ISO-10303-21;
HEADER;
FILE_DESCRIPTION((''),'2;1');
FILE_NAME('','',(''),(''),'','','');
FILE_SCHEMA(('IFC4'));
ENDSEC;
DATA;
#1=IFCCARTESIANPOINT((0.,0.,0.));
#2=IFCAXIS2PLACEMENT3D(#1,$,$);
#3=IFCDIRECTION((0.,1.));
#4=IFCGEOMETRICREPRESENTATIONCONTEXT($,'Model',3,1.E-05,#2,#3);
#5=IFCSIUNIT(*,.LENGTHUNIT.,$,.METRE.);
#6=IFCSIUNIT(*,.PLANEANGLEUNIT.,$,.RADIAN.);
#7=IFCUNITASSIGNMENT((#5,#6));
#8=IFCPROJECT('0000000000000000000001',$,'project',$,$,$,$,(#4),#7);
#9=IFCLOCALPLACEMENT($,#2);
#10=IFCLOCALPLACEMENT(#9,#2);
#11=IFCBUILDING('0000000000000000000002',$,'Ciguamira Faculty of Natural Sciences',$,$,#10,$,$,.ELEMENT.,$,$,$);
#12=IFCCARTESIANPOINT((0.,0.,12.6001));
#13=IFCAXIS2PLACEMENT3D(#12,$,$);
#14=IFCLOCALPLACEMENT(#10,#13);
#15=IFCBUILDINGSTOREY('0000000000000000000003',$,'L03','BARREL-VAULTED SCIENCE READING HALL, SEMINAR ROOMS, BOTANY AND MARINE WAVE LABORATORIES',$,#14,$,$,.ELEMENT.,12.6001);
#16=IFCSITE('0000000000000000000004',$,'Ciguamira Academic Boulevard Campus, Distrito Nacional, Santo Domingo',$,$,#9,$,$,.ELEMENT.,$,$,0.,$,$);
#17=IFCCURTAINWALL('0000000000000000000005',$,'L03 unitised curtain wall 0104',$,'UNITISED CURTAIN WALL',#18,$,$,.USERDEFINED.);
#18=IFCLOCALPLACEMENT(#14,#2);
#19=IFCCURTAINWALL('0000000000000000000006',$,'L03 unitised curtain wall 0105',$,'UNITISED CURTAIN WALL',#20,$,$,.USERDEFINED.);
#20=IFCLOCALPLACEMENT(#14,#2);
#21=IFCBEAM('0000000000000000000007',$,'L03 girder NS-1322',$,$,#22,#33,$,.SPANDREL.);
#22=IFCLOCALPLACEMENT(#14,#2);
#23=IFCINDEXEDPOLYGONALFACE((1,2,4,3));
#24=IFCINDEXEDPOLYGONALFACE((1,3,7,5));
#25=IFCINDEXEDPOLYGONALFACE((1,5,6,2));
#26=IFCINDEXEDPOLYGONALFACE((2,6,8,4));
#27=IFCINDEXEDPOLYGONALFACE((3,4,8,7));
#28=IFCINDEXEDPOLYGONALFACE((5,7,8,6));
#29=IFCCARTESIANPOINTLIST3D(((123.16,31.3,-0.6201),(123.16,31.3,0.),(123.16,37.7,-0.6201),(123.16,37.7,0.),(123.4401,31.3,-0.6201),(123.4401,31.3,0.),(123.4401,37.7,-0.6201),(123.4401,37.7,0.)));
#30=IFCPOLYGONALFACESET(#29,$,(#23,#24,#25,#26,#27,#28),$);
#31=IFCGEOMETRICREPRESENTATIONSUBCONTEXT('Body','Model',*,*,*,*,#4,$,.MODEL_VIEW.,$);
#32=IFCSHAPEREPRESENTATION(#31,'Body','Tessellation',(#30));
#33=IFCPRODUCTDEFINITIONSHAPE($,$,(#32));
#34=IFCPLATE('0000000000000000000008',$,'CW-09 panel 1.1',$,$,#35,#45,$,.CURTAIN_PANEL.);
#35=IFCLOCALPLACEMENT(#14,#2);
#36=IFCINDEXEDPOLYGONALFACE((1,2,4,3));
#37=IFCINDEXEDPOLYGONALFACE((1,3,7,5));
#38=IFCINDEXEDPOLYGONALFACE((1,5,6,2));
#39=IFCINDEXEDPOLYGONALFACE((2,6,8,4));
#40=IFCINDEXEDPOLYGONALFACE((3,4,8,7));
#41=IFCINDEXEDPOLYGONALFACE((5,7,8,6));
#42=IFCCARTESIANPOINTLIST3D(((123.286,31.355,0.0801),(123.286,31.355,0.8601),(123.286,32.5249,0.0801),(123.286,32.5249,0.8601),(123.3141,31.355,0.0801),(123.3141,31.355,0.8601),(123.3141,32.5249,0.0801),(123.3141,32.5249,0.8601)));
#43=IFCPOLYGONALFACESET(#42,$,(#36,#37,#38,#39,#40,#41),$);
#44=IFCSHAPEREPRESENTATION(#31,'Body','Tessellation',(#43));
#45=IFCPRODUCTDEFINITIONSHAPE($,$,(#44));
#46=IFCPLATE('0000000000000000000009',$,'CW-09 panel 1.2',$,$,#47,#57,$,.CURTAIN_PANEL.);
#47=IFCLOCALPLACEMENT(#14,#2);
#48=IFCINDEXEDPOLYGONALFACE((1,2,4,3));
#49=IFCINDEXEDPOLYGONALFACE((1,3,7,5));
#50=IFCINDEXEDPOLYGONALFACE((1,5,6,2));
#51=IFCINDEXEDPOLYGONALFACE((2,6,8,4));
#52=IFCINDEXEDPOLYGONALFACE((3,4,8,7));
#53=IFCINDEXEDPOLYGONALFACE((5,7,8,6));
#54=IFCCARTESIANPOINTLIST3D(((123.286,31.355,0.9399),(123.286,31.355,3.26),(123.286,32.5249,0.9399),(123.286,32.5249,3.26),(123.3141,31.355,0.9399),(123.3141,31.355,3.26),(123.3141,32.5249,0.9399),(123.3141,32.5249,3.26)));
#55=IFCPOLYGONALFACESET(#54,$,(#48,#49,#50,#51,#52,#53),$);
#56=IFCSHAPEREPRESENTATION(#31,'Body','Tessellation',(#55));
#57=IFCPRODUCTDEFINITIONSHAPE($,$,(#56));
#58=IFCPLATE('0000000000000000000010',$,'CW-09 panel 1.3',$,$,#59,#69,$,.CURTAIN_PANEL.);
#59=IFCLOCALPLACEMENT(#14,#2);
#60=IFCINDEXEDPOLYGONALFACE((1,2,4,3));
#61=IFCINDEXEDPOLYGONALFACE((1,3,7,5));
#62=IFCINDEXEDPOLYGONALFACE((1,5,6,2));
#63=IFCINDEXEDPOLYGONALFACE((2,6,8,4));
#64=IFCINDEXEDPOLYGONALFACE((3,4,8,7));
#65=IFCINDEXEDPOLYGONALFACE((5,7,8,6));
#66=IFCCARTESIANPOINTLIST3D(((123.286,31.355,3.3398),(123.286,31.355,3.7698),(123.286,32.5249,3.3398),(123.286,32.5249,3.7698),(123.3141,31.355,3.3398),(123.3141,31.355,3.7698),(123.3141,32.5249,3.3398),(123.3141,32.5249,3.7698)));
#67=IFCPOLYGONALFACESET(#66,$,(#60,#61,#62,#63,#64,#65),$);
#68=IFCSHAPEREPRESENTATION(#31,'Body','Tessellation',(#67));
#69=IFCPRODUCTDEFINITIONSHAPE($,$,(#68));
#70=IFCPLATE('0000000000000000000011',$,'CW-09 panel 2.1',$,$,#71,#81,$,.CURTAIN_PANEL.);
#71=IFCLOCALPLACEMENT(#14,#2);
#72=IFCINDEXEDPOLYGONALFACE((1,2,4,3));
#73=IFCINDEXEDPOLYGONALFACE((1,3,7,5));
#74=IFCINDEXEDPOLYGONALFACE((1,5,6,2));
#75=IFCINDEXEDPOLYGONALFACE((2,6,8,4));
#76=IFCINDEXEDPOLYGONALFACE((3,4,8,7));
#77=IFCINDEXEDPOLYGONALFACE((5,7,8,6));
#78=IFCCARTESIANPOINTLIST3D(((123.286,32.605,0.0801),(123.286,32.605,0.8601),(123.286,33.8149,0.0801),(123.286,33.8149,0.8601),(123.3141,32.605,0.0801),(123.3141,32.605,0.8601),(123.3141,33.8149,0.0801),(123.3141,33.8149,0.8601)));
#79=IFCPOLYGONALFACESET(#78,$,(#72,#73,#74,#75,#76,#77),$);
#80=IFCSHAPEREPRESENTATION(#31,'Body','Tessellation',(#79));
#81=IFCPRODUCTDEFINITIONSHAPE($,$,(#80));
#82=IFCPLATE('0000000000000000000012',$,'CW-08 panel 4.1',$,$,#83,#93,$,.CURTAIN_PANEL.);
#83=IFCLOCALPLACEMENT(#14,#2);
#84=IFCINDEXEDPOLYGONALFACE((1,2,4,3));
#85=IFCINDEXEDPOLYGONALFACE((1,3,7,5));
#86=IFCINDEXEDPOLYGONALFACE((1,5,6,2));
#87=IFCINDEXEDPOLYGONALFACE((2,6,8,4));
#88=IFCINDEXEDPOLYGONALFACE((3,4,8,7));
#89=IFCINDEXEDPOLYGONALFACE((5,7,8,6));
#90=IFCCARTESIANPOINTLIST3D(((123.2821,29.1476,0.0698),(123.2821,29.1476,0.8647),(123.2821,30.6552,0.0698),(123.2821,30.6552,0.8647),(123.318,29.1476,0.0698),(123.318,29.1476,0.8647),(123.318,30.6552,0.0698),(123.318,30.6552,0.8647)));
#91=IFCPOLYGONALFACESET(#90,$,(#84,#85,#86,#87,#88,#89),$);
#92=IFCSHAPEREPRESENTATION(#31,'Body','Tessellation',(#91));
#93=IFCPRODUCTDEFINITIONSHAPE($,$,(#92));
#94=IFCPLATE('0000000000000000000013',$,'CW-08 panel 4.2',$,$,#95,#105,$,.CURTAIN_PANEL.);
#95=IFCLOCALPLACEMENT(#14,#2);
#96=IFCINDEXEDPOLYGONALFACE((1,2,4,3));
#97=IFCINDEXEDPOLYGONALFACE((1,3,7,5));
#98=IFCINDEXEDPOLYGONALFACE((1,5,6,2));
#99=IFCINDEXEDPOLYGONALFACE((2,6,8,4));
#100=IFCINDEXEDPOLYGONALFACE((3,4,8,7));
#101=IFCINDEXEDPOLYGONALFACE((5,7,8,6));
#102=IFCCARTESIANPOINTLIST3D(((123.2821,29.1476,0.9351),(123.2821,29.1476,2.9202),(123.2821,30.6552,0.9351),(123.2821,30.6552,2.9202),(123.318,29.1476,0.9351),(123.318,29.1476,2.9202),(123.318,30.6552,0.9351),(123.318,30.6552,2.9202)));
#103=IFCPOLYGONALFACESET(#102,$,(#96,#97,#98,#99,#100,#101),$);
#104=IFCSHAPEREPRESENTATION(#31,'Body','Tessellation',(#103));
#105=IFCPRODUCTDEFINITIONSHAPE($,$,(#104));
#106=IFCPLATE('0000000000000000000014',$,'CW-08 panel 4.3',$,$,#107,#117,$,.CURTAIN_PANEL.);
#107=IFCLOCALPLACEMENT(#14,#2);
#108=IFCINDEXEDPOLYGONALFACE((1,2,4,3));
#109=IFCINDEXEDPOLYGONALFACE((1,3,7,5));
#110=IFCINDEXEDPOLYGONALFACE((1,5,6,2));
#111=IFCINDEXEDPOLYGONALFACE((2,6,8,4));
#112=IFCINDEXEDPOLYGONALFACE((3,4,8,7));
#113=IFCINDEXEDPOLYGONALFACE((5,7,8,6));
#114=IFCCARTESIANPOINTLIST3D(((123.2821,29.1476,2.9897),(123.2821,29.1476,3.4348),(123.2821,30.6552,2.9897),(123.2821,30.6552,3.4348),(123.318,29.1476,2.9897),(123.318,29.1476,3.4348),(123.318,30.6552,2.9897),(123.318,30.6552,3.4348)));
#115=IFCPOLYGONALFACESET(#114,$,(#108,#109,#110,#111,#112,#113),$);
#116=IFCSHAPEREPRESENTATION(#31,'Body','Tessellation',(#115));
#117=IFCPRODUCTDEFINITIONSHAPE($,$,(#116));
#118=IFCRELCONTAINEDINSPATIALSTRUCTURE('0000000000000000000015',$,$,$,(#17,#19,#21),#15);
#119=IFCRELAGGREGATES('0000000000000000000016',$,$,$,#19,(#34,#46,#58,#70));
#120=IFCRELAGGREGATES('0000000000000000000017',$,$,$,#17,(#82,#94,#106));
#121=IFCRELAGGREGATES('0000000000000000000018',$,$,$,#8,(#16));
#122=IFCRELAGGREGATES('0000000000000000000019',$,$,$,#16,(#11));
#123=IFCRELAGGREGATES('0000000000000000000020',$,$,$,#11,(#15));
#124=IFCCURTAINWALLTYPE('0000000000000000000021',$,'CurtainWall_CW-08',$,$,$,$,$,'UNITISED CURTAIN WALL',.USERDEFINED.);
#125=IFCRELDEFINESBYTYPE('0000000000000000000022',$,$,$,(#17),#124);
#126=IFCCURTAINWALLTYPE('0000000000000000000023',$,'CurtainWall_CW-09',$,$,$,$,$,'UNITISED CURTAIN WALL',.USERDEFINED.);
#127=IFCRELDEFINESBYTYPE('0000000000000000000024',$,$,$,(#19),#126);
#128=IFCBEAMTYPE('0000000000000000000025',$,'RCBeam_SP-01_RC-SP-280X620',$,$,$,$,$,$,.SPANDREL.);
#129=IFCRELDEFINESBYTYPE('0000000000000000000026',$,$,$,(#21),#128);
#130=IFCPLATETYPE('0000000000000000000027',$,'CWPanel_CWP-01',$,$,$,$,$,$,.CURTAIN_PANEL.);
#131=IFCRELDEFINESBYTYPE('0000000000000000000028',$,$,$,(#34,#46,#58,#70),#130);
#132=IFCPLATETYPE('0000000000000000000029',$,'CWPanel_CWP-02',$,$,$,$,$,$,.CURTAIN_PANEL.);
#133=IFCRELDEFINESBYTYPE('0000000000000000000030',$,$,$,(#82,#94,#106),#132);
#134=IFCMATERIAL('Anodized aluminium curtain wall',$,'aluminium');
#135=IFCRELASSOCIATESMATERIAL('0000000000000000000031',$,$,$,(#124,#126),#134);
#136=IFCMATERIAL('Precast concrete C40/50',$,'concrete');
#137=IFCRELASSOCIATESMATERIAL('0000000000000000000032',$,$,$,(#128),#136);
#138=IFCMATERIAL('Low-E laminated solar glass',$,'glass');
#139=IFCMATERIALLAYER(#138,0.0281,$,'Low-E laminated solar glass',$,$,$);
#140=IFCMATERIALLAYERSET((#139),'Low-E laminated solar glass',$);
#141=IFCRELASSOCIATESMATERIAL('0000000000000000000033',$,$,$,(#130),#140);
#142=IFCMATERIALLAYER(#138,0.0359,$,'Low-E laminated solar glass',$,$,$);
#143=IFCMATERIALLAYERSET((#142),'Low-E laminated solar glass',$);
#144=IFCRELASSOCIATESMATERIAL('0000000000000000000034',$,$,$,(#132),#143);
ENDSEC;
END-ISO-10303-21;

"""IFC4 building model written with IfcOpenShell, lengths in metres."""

from ifc_helpers import new_model, si_unit, direction, frame, origin, origin_2d, place, context, subcontext, project, spatial, rectangle, extrude, material, layer, layer_set, material_profile, profile_set, type_object, element, aggregate, save


model = new_model("IFC4")

# Units and contexts
model_context = context("Model", 3, precision=1e-05, world=origin(), true_north=direction((0.0, 1.0)))
body_context = subcontext(model_context, "Body", "Model", "MODEL_VIEW")
ifc_project = project(units=[si_unit("LENGTHUNIT", "METRE"), si_unit("PLANEANGLEUNIT", "RADIAN")], contexts=[model_context])

# Site, building, storey
site_placement = place(None, origin())
site = spatial("IfcSite", under=ifc_project, at=site_placement, Name="Ciguamira Academic Boulevard Campus, Distrito Nacional, Santo Domingo", CompositionType="ELEMENT", RefElevation=0.0)
building_placement = place(site_placement, origin())
building = spatial("IfcBuilding", under=site, at=building_placement, Name="Ciguamira Faculty of Natural Sciences", CompositionType="ELEMENT")
storey_placement = place(building_placement, frame((0.0, 0.0, 12.6001)))
storey = spatial("IfcBuildingStorey", under=building, at=storey_placement, Name="L03", Description="BARREL-VAULTED SCIENCE READING HALL, SEMINAR ROOMS, BOTANY AND MARINE WAVE LABORATORIES", CompositionType="ELEMENT", Elevation=12.6001)

# Curtain wall
ifc_material_1 = material(Name="Anodized aluminium curtain wall", Category="aluminium")
curtain_wall_type_1 = type_object("IfcCurtainWallType", Name="CurtainWall_CW-08", ElementType="UNITISED CURTAIN WALL", PredefinedType="USERDEFINED", material=ifc_material_1)
curtain_wall_1_placement = place(storey_placement, origin())
curtain_wall_1 = element("IfcCurtainWall", 1, at=curtain_wall_1_placement, inside=storey, type_object=curtain_wall_type_1, Name="L03 unitised curtain wall 0104", ObjectType="UNITISED CURTAIN WALL", PredefinedType="USERDEFINED")

# Curtain wall
curtain_wall_type_2 = type_object("IfcCurtainWallType", Name="CurtainWall_CW-09", ElementType="UNITISED CURTAIN WALL", PredefinedType="USERDEFINED", material=ifc_material_1)
curtain_wall_2_placement = place(storey_placement, origin())
curtain_wall_2 = element("IfcCurtainWall", 2, at=curtain_wall_2_placement, inside=storey, type_object=curtain_wall_type_2, Name="L03 unitised curtain wall 0105", ObjectType="UNITISED CURTAIN WALL", PredefinedType="USERDEFINED")

# Beam
ifc_material_2 = material(Name="Precast concrete C40/50", Category="concrete")
ifc_material_profile_1 = material_profile(ifc_material_2, rectangle(XDim=0.28, YDim=0.6201, at=origin_2d()), Name="RC-SP-280X620")
ifc_profile_set_1 = profile_set([ifc_material_profile_1], Name="Precast concrete C40/50")
beam_type = type_object("IfcBeamType", Name="RCBeam_SP-01_RC-SP-280X620", PredefinedType="SPANDREL", material=ifc_profile_set_1)
beam_placement = place(storey_placement, frame((123.3, 31.3, -0.3101), z_axis=(0.0, 1.0, 0.0), x_axis=(-1.0, 0.0, 0.0)))
element("IfcBeam", 3, at=beam_placement, inside=storey, type_object=beam_type, Name="L03 girder NS-1322", PredefinedType="SPANDREL", context=body_context, shape_type="SweptSolid", body=[
    extrude(rectangle(XDim=0.28, YDim=0.6201, at=origin_2d()), origin(), (0.0, 0.0, 1.0), 6.3999),
])

# Plates
ifc_material_3 = material(Name="Low-E laminated solar glass", Category="glass")
ifc_layer_1 = layer(ifc_material_3, 0.0281, Name="Low-E laminated solar glass")
ifc_layer_set_1 = layer_set([ifc_layer_1], Name="Low-E laminated solar glass")
plate_type_1 = type_object("IfcPlateType", Name="CWPanel_CWP-01", PredefinedType="CURTAIN_PANEL", material=ifc_layer_set_1)
plate_1_placement = place(storey_placement, frame((123.3, 31.9399, 0.0801), z_axis=(0.0, 0.0, 1.0), x_axis=(0.0, 1.0, 0.0)))
plate_1 = element("IfcPlate", 4, at=plate_1_placement, type_object=plate_type_1, Name="CW-09 panel 1.1", PredefinedType="CURTAIN_PANEL", context=body_context, shape_type="SweptSolid", body=[
    extrude(rectangle(XDim=1.1699, YDim=0.0281, at=origin_2d()), origin(), (0.0, 0.0, 1.0), 0.78),
])
plate_2_placement = place(storey_placement, frame((123.3, 31.9399, 0.9399), z_axis=(0.0, 0.0, 1.0), x_axis=(0.0, 1.0, 0.0)))
plate_2 = element("IfcPlate", 5, at=plate_2_placement, type_object=plate_type_1, Name="CW-09 panel 1.2", PredefinedType="CURTAIN_PANEL", context=body_context, shape_type="SweptSolid", body=[
    extrude(rectangle(XDim=1.1699, YDim=0.0281, at=origin_2d()), origin(), (0.0, 0.0, 1.0), 2.3201),
])
plate_3_placement = place(storey_placement, frame((123.3, 31.9399, 3.3398), z_axis=(0.0, 0.0, 1.0), x_axis=(0.0, 1.0, 0.0)))
plate_3 = element("IfcPlate", 6, at=plate_3_placement, type_object=plate_type_1, Name="CW-09 panel 1.3", PredefinedType="CURTAIN_PANEL", context=body_context, shape_type="SweptSolid", body=[
    extrude(rectangle(XDim=1.1699, YDim=0.0281, at=origin_2d()), origin(), (0.0, 0.0, 1.0), 0.4299),
])
plate_4_placement = place(storey_placement, frame((123.3, 33.21, 0.0801), z_axis=(0.0, 0.0, 1.0), x_axis=(0.0, 1.0, 0.0)))
plate_4 = element("IfcPlate", 7, at=plate_4_placement, type_object=plate_type_1, Name="CW-09 panel 2.1", PredefinedType="CURTAIN_PANEL", context=body_context, shape_type="SweptSolid", body=[
    extrude(rectangle(XDim=1.21, YDim=0.0281, at=origin_2d()), origin(), (0.0, 0.0, 1.0), 0.78),
])
aggregate(curtain_wall_2, [plate_1, plate_2, plate_3, plate_4])
ifc_layer_2 = layer(ifc_material_3, 0.0359, Name="Low-E laminated solar glass")
ifc_layer_set_2 = layer_set([ifc_layer_2], Name="Low-E laminated solar glass")
plate_type_2 = type_object("IfcPlateType", Name="CWPanel_CWP-02", PredefinedType="CURTAIN_PANEL", material=ifc_layer_set_2)
plate_5_placement = place(storey_placement, frame((123.3, 29.9014, 0.0698), z_axis=(0.0, 0.0, 1.0), x_axis=(0.0, 1.0, 0.0)))
plate_5 = element("IfcPlate", 8, at=plate_5_placement, type_object=plate_type_2, Name="CW-08 panel 4.1", PredefinedType="CURTAIN_PANEL", context=body_context, shape_type="SweptSolid", body=[
    extrude(rectangle(XDim=1.5076, YDim=0.0359, at=origin_2d()), origin(), (0.0, 0.0, 1.0), 0.7949),
])
plate_6_placement = place(storey_placement, frame((123.3, 29.9014, 0.9351), z_axis=(0.0, 0.0, 1.0), x_axis=(0.0, 1.0, 0.0)))
plate_6 = element("IfcPlate", 9, at=plate_6_placement, type_object=plate_type_2, Name="CW-08 panel 4.2", PredefinedType="CURTAIN_PANEL", context=body_context, shape_type="SweptSolid", body=[
    extrude(rectangle(XDim=1.5076, YDim=0.0359, at=origin_2d()), origin(), (0.0, 0.0, 1.0), 1.9851),
])
plate_7_placement = place(storey_placement, frame((123.3, 29.9014, 2.9897), z_axis=(0.0, 0.0, 1.0), x_axis=(0.0, 1.0, 0.0)))
plate_7 = element("IfcPlate", 10, at=plate_7_placement, type_object=plate_type_2, Name="CW-08 panel 4.3", PredefinedType="CURTAIN_PANEL", context=body_context, shape_type="SweptSolid", body=[
    extrude(rectangle(XDim=1.5076, YDim=0.0359, at=origin_2d()), origin(), (0.0, 0.0, 1.0), 0.4451),
])
aggregate(curtain_wall_1, [plate_5, plate_6, plate_7])

save(model, "model.ifc")
